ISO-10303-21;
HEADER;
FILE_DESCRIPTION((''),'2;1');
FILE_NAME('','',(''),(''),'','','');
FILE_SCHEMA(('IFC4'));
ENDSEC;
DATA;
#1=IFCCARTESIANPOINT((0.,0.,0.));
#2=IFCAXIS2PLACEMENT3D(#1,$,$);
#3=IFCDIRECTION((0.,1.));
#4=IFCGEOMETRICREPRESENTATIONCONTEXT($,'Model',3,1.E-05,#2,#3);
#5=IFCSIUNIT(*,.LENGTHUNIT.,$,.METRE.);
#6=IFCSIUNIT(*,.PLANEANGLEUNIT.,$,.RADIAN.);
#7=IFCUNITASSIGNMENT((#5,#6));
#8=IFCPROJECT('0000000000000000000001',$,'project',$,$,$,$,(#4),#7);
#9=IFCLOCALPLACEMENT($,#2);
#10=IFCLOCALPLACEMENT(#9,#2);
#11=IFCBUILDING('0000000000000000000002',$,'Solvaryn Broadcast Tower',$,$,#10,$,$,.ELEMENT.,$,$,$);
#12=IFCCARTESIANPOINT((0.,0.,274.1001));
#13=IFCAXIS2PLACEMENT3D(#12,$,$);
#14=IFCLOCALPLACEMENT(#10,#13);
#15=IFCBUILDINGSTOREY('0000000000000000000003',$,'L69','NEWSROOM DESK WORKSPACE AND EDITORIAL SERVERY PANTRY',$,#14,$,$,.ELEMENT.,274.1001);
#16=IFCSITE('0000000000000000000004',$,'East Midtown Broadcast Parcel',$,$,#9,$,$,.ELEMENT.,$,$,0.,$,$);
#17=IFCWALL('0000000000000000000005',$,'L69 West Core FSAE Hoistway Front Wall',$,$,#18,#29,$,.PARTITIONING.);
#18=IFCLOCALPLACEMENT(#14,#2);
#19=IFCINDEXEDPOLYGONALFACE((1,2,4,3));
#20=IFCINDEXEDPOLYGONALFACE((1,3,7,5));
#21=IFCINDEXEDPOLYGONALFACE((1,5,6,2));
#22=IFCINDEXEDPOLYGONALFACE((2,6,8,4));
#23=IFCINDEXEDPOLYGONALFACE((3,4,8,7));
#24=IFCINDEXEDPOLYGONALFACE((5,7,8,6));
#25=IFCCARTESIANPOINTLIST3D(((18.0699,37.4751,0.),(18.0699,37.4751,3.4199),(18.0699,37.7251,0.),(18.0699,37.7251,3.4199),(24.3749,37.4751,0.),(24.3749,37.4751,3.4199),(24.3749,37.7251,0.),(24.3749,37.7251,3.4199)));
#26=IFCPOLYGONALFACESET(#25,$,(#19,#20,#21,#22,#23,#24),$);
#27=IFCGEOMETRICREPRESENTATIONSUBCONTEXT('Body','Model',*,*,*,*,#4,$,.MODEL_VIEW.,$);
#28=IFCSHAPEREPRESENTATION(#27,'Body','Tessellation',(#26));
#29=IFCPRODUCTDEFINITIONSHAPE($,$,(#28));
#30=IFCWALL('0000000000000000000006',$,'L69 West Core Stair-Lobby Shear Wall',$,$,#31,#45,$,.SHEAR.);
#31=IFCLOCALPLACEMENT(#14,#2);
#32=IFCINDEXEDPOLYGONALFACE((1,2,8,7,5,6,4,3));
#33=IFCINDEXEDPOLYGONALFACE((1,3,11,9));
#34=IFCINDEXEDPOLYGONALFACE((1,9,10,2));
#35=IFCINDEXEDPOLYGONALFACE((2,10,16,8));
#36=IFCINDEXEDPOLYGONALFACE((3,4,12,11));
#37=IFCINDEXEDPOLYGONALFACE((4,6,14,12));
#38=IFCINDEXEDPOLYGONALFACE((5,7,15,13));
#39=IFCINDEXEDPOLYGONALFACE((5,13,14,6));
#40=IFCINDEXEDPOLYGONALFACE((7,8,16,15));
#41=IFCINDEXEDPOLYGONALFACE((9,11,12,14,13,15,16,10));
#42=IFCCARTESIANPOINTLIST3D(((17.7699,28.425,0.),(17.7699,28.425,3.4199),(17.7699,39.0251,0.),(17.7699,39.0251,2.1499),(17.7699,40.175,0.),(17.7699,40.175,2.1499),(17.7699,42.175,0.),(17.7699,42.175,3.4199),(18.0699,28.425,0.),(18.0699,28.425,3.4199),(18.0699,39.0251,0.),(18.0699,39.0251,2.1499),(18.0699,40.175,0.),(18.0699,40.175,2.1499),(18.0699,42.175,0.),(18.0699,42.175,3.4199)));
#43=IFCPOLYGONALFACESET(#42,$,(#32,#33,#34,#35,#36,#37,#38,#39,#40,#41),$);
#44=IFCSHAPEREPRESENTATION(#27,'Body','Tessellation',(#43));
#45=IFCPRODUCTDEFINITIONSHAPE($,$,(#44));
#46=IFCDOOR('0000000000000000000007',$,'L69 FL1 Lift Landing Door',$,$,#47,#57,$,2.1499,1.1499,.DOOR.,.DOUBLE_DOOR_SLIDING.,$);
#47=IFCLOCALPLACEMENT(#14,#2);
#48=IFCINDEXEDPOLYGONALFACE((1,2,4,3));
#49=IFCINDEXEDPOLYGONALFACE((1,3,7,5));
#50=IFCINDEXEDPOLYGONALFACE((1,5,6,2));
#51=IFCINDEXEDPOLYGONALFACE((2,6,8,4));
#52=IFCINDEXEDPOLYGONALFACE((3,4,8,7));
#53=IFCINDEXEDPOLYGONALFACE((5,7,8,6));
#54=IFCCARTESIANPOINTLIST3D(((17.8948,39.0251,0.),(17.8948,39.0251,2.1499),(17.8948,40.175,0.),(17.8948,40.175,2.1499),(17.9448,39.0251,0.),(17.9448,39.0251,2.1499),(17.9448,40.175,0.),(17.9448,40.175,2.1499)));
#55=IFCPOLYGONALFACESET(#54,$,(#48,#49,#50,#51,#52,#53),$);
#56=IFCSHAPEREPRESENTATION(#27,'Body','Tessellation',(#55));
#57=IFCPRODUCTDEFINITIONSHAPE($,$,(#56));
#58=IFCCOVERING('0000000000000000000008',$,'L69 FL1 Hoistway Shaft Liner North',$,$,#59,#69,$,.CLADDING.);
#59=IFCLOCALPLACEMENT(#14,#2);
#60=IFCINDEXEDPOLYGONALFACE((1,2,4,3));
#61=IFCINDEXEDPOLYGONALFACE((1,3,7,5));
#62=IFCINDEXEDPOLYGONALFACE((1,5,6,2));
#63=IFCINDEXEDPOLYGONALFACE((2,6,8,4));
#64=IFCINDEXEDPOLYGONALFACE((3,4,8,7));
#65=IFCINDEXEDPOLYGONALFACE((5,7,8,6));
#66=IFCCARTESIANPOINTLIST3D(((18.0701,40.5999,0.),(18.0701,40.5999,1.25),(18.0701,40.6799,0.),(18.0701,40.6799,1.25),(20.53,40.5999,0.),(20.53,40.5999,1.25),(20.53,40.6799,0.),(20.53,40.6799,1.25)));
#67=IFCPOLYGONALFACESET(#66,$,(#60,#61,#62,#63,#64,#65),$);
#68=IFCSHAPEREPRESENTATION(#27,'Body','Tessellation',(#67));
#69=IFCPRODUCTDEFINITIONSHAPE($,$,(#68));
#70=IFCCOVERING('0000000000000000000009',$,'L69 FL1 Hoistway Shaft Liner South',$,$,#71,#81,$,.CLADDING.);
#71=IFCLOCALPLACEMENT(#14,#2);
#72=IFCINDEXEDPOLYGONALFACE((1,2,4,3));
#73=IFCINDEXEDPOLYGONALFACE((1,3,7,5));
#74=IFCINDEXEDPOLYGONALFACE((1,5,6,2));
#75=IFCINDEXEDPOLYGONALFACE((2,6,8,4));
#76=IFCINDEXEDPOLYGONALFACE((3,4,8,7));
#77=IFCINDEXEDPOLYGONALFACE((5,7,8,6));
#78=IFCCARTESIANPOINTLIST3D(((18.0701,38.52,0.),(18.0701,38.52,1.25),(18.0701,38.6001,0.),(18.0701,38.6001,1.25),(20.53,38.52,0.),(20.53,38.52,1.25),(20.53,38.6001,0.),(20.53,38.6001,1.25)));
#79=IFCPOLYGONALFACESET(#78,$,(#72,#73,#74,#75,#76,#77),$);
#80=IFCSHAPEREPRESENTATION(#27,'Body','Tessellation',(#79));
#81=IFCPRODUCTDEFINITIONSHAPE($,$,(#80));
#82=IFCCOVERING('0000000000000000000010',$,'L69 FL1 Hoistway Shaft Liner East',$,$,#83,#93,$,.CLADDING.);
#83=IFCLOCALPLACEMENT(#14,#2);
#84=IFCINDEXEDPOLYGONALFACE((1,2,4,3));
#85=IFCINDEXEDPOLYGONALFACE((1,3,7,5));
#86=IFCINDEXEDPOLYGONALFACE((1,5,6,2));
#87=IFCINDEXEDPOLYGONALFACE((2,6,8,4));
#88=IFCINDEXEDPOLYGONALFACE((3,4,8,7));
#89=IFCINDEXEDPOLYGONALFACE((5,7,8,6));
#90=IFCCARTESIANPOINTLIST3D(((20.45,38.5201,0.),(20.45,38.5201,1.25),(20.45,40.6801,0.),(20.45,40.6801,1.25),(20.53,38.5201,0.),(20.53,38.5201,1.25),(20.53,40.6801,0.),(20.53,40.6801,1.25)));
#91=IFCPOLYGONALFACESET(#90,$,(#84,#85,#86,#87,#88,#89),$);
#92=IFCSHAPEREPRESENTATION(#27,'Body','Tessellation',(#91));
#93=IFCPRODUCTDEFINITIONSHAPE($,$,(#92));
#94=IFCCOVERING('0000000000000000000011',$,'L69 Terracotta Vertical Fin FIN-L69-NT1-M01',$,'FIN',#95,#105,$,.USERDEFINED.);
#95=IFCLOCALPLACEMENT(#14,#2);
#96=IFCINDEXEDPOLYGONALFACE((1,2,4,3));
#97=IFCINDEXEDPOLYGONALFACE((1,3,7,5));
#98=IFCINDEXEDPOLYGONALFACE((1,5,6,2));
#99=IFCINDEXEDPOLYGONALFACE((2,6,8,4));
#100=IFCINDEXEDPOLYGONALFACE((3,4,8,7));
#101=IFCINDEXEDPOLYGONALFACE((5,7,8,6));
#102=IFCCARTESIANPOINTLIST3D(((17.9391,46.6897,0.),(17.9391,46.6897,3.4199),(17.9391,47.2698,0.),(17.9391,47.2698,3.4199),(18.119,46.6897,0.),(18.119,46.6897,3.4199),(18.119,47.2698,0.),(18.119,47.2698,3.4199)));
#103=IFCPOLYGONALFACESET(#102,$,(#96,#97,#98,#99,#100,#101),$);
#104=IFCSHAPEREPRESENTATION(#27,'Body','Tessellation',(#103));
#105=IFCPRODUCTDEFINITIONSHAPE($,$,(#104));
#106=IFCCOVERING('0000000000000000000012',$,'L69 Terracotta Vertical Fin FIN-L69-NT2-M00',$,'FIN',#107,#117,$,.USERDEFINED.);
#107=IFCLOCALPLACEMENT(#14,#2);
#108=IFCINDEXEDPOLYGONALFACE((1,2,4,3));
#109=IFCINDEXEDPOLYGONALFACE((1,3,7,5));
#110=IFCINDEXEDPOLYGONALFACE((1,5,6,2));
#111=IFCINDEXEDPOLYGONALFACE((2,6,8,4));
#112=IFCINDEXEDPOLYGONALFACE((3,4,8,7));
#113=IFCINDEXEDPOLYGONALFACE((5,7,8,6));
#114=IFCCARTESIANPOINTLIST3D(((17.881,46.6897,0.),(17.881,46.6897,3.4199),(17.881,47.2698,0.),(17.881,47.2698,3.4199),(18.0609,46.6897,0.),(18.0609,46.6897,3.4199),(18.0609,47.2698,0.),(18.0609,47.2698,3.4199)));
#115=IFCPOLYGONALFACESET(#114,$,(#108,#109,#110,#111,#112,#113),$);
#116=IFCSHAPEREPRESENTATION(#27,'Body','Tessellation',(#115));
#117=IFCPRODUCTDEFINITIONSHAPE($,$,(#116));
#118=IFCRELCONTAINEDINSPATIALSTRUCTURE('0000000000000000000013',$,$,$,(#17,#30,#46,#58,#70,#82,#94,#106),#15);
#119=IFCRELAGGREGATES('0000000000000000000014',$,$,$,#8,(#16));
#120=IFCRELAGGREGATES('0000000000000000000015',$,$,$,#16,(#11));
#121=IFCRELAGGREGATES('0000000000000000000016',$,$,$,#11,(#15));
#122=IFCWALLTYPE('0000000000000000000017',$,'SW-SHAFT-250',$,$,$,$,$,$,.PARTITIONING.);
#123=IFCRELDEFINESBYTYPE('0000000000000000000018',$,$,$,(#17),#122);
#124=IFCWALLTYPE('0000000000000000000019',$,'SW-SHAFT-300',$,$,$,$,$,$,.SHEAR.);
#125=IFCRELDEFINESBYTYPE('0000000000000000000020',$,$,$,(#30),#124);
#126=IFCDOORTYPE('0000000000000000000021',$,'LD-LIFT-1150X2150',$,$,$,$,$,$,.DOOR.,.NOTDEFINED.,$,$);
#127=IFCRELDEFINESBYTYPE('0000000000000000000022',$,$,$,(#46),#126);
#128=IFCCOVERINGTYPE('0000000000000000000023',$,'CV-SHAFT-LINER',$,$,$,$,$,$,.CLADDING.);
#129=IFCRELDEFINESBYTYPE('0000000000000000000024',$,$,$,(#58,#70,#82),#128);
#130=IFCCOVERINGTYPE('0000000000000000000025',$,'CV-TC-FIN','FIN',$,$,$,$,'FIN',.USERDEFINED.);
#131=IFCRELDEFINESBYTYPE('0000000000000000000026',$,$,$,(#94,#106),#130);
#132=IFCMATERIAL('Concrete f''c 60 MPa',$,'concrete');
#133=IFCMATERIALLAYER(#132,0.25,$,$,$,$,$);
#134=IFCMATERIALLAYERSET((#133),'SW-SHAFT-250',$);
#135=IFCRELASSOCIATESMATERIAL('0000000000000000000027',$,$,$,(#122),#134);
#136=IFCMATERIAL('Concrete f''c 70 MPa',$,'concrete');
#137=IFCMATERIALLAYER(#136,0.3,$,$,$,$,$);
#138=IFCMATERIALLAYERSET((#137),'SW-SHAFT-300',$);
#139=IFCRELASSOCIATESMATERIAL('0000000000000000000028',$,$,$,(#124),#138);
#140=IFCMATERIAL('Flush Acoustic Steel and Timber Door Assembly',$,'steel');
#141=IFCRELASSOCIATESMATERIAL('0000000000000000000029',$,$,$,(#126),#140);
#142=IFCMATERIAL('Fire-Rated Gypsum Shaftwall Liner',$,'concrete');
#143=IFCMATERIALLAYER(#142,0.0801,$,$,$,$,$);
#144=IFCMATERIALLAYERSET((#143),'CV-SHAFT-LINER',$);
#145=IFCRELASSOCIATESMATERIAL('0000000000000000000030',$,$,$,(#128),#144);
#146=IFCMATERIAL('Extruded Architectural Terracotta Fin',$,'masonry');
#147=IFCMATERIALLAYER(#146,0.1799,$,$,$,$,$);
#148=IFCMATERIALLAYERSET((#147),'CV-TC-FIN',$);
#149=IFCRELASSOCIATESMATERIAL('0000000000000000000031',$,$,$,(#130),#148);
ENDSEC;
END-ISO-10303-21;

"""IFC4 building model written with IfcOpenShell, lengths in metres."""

from ifc_helpers import new_model, si_unit, direction, frame, frame_2d, origin, origin_2d, place, context, subcontext, project, spatial, rectangle, extrude, material, layer, layer_set, type_object, element, fill, save


model = new_model("IFC4")

# Units and contexts
model_context = context("Model", 3, precision=1e-05, world=origin(), true_north=direction((0.0, 1.0)))
body_context = subcontext(model_context, "Body", "Model", "MODEL_VIEW")
ifc_project = project(units=[si_unit("LENGTHUNIT", "METRE"), si_unit("PLANEANGLEUNIT", "RADIAN")], contexts=[model_context])

# Site, building, storey
site_placement = place(None, origin())
site = spatial("IfcSite", under=ifc_project, at=site_placement, Name="East Midtown Broadcast Parcel", CompositionType="ELEMENT", RefElevation=0.0)
building_placement = place(site_placement, origin())
building = spatial("IfcBuilding", under=site, at=building_placement, Name="Solvaryn Broadcast Tower", CompositionType="ELEMENT")
storey_placement = place(building_placement, frame((0.0, 0.0, 274.1001)))
storey = spatial("IfcBuildingStorey", under=building, at=storey_placement, Name="L69", Description="NEWSROOM DESK WORKSPACE AND EDITORIAL SERVERY PANTRY", CompositionType="ELEMENT", Elevation=274.1001)

# Wall
ifc_material_1 = material(Name="Concrete f'c 60 MPa", Category="concrete")
ifc_layer_1 = layer(ifc_material_1, 0.25)
ifc_layer_set_1 = layer_set([ifc_layer_1], Name="SW-SHAFT-250")
wall_type_1 = type_object("IfcWallType", Name="SW-SHAFT-250", PredefinedType="PARTITIONING", material=ifc_layer_set_1)
wall_1_placement = place(storey_placement, frame((18.0701, 37.6001, 0.0), z_axis=(0.0, 0.0, 1.0), x_axis=(1.0, 0.0, 0.0)))
element("IfcWall", 1, at=wall_1_placement, inside=storey, type_object=wall_type_1, Name="L69 West Core FSAE Hoistway Front Wall", PredefinedType="PARTITIONING", context=body_context, shape_type="SweptSolid", body=[
    extrude(rectangle(XDim=6.3049, YDim=0.25, at=frame_2d((3.1523, 0.0))), origin(), (0.0, 0.0, 1.0), 3.4199),
])

# Wall, opening, door
ifc_material_2 = material(Name="Concrete f'c 70 MPa", Category="concrete")
ifc_layer_2 = layer(ifc_material_2, 0.3)
ifc_layer_set_2 = layer_set([ifc_layer_2], Name="SW-SHAFT-300")
wall_type_2 = type_object("IfcWallType", Name="SW-SHAFT-300", PredefinedType="SHEAR", material=ifc_layer_set_2)
wall_2_placement = place(storey_placement, frame((17.9199, 42.175, 0.0), z_axis=(0.0, 0.0, 1.0), x_axis=(0.0, -1.0, 0.0)))
wall_2 = element("IfcWall", 2, at=wall_2_placement, inside=storey, type_object=wall_type_2, Name="L69 West Core Stair-Lobby Shear Wall", PredefinedType="SHEAR", context=body_context, shape_type="SweptSolid", body=[
    extrude(rectangle(XDim=13.75, YDim=0.3, at=frame_2d((6.875, 0.0))), origin(), (0.0, 0.0, 1.0), 3.4199),
])
opening_placement = place(wall_2_placement, frame((2.0, 0.0, 0.0)))
opening = element("IfcOpeningElement", 3, at=opening_placement, cuts=wall_2, PredefinedType="OPENING", context=body_context, shape_type="SweptSolid", body=[
    extrude(rectangle(XDim=1.1499, YDim=2.1499, at=frame_2d((0.575, 1.075))), frame((0.0, 0.1599, 0.0), z_axis=(0.0, -1.0, 0.0), x_axis=(1.0, 0.0, 0.0)), (0.0, 0.0, 1.0), 0.3201),
])
ifc_material_3 = material(Name="Flush Acoustic Steel and Timber Door Assembly", Category="steel")
door_type = type_object("IfcDoorType", Name="LD-LIFT-1150X2150", OperationType="NOTDEFINED", PredefinedType="DOOR", material=ifc_material_3)
door_placement = place(opening_placement, origin())
door = element("IfcDoor", 4, at=door_placement, inside=storey, type_object=door_type, Name="L69 FL1 Lift Landing Door", OperationType="DOUBLE_DOOR_SLIDING", OverallHeight=2.1499, OverallWidth=1.1499, PredefinedType="DOOR", context=body_context, shape_type="SweptSolid", body=[
    extrude(rectangle(XDim=1.1499, YDim=2.1499, at=frame_2d((0.575, 1.075))), frame((0.0, 0.0249, 0.0), z_axis=(0.0, -1.0, 0.0), x_axis=(1.0, 0.0, 0.0)), (0.0, 0.0, 1.0), 0.05),
])
fill(opening, door)

# Coverings
ifc_material_4 = material(Name="Fire-Rated Gypsum Shaftwall Liner", Category="concrete")
ifc_layer_3 = layer(ifc_material_4, 0.0801)
ifc_layer_set_3 = layer_set([ifc_layer_3], Name="CV-SHAFT-LINER")
covering_type_1 = type_object("IfcCoveringType", Name="CV-SHAFT-LINER", PredefinedType="CLADDING", material=ifc_layer_set_3)
for number, where, z_axis, x_axis, name in (
    (5, (19.3, 40.6399, 0.0), (0.0, 0.0, 1.0), (1.0, 0.0, 0.0), "L69 FL1 Hoistway Shaft Liner North"),
    (6, (19.3, 38.5601, 0.0), (0.0, 0.0, 1.0), (1.0, 0.0, 0.0), "L69 FL1 Hoistway Shaft Liner South"),
):
    element("IfcCovering", number, at=place(storey_placement, frame(where, z_axis=z_axis, x_axis=x_axis)), inside=storey, type_object=covering_type_1, Name=name, PredefinedType="CLADDING", context=body_context, shape_type="SweptSolid", body=[
        extrude(rectangle(XDim=2.46, YDim=0.0801, at=origin_2d()), origin(), (0.0, 0.0, 1.0), 1.25),
    ])
covering_placement = place(storey_placement, frame((20.49, 39.6001, 0.0), z_axis=(0.0, 0.0, 1.0), x_axis=(1.0, 0.0, 0.0)))
element("IfcCovering", 7, at=covering_placement, inside=storey, type_object=covering_type_1, Name="L69 FL1 Hoistway Shaft Liner East", PredefinedType="CLADDING", context=body_context, shape_type="SweptSolid", body=[
    extrude(rectangle(XDim=0.0801, YDim=2.1599, at=origin_2d()), origin(), (0.0, 0.0, 1.0), 1.25),
])
ifc_material_5 = material(Name="Extruded Architectural Terracotta Fin", Category="masonry")
ifc_layer_4 = layer(ifc_material_5, 0.1799)
ifc_layer_set_4 = layer_set([ifc_layer_4], Name="CV-TC-FIN")
covering_type_2 = type_object("IfcCoveringType", Name="CV-TC-FIN", Description="FIN", ElementType="FIN", PredefinedType="USERDEFINED", material=ifc_layer_set_4)
for number, where, z_axis, x_axis, name in (
    (8, (18.0291, 46.9797, 0.0), (0.0, 0.0, 1.0), (1.0, 0.0, 0.0), "L69 Terracotta Vertical Fin FIN-L69-NT1-M01"),
    (9, (17.9709, 46.9797, 0.0), (0.0, 0.0, 1.0), (1.0, 0.0, 0.0), "L69 Terracotta Vertical Fin FIN-L69-NT2-M00"),
):
    element("IfcCovering", number, at=place(storey_placement, frame(where, z_axis=z_axis, x_axis=x_axis)), inside=storey, type_object=covering_type_2, Name=name, ObjectType="FIN", PredefinedType="USERDEFINED", context=body_context, shape_type="SweptSolid", body=[
        extrude(rectangle(XDim=0.1799, YDim=0.5801, at=origin_2d()), origin(), (0.0, 0.0, 1.0), 3.4199),
    ])

save(model, "model.ifc")
